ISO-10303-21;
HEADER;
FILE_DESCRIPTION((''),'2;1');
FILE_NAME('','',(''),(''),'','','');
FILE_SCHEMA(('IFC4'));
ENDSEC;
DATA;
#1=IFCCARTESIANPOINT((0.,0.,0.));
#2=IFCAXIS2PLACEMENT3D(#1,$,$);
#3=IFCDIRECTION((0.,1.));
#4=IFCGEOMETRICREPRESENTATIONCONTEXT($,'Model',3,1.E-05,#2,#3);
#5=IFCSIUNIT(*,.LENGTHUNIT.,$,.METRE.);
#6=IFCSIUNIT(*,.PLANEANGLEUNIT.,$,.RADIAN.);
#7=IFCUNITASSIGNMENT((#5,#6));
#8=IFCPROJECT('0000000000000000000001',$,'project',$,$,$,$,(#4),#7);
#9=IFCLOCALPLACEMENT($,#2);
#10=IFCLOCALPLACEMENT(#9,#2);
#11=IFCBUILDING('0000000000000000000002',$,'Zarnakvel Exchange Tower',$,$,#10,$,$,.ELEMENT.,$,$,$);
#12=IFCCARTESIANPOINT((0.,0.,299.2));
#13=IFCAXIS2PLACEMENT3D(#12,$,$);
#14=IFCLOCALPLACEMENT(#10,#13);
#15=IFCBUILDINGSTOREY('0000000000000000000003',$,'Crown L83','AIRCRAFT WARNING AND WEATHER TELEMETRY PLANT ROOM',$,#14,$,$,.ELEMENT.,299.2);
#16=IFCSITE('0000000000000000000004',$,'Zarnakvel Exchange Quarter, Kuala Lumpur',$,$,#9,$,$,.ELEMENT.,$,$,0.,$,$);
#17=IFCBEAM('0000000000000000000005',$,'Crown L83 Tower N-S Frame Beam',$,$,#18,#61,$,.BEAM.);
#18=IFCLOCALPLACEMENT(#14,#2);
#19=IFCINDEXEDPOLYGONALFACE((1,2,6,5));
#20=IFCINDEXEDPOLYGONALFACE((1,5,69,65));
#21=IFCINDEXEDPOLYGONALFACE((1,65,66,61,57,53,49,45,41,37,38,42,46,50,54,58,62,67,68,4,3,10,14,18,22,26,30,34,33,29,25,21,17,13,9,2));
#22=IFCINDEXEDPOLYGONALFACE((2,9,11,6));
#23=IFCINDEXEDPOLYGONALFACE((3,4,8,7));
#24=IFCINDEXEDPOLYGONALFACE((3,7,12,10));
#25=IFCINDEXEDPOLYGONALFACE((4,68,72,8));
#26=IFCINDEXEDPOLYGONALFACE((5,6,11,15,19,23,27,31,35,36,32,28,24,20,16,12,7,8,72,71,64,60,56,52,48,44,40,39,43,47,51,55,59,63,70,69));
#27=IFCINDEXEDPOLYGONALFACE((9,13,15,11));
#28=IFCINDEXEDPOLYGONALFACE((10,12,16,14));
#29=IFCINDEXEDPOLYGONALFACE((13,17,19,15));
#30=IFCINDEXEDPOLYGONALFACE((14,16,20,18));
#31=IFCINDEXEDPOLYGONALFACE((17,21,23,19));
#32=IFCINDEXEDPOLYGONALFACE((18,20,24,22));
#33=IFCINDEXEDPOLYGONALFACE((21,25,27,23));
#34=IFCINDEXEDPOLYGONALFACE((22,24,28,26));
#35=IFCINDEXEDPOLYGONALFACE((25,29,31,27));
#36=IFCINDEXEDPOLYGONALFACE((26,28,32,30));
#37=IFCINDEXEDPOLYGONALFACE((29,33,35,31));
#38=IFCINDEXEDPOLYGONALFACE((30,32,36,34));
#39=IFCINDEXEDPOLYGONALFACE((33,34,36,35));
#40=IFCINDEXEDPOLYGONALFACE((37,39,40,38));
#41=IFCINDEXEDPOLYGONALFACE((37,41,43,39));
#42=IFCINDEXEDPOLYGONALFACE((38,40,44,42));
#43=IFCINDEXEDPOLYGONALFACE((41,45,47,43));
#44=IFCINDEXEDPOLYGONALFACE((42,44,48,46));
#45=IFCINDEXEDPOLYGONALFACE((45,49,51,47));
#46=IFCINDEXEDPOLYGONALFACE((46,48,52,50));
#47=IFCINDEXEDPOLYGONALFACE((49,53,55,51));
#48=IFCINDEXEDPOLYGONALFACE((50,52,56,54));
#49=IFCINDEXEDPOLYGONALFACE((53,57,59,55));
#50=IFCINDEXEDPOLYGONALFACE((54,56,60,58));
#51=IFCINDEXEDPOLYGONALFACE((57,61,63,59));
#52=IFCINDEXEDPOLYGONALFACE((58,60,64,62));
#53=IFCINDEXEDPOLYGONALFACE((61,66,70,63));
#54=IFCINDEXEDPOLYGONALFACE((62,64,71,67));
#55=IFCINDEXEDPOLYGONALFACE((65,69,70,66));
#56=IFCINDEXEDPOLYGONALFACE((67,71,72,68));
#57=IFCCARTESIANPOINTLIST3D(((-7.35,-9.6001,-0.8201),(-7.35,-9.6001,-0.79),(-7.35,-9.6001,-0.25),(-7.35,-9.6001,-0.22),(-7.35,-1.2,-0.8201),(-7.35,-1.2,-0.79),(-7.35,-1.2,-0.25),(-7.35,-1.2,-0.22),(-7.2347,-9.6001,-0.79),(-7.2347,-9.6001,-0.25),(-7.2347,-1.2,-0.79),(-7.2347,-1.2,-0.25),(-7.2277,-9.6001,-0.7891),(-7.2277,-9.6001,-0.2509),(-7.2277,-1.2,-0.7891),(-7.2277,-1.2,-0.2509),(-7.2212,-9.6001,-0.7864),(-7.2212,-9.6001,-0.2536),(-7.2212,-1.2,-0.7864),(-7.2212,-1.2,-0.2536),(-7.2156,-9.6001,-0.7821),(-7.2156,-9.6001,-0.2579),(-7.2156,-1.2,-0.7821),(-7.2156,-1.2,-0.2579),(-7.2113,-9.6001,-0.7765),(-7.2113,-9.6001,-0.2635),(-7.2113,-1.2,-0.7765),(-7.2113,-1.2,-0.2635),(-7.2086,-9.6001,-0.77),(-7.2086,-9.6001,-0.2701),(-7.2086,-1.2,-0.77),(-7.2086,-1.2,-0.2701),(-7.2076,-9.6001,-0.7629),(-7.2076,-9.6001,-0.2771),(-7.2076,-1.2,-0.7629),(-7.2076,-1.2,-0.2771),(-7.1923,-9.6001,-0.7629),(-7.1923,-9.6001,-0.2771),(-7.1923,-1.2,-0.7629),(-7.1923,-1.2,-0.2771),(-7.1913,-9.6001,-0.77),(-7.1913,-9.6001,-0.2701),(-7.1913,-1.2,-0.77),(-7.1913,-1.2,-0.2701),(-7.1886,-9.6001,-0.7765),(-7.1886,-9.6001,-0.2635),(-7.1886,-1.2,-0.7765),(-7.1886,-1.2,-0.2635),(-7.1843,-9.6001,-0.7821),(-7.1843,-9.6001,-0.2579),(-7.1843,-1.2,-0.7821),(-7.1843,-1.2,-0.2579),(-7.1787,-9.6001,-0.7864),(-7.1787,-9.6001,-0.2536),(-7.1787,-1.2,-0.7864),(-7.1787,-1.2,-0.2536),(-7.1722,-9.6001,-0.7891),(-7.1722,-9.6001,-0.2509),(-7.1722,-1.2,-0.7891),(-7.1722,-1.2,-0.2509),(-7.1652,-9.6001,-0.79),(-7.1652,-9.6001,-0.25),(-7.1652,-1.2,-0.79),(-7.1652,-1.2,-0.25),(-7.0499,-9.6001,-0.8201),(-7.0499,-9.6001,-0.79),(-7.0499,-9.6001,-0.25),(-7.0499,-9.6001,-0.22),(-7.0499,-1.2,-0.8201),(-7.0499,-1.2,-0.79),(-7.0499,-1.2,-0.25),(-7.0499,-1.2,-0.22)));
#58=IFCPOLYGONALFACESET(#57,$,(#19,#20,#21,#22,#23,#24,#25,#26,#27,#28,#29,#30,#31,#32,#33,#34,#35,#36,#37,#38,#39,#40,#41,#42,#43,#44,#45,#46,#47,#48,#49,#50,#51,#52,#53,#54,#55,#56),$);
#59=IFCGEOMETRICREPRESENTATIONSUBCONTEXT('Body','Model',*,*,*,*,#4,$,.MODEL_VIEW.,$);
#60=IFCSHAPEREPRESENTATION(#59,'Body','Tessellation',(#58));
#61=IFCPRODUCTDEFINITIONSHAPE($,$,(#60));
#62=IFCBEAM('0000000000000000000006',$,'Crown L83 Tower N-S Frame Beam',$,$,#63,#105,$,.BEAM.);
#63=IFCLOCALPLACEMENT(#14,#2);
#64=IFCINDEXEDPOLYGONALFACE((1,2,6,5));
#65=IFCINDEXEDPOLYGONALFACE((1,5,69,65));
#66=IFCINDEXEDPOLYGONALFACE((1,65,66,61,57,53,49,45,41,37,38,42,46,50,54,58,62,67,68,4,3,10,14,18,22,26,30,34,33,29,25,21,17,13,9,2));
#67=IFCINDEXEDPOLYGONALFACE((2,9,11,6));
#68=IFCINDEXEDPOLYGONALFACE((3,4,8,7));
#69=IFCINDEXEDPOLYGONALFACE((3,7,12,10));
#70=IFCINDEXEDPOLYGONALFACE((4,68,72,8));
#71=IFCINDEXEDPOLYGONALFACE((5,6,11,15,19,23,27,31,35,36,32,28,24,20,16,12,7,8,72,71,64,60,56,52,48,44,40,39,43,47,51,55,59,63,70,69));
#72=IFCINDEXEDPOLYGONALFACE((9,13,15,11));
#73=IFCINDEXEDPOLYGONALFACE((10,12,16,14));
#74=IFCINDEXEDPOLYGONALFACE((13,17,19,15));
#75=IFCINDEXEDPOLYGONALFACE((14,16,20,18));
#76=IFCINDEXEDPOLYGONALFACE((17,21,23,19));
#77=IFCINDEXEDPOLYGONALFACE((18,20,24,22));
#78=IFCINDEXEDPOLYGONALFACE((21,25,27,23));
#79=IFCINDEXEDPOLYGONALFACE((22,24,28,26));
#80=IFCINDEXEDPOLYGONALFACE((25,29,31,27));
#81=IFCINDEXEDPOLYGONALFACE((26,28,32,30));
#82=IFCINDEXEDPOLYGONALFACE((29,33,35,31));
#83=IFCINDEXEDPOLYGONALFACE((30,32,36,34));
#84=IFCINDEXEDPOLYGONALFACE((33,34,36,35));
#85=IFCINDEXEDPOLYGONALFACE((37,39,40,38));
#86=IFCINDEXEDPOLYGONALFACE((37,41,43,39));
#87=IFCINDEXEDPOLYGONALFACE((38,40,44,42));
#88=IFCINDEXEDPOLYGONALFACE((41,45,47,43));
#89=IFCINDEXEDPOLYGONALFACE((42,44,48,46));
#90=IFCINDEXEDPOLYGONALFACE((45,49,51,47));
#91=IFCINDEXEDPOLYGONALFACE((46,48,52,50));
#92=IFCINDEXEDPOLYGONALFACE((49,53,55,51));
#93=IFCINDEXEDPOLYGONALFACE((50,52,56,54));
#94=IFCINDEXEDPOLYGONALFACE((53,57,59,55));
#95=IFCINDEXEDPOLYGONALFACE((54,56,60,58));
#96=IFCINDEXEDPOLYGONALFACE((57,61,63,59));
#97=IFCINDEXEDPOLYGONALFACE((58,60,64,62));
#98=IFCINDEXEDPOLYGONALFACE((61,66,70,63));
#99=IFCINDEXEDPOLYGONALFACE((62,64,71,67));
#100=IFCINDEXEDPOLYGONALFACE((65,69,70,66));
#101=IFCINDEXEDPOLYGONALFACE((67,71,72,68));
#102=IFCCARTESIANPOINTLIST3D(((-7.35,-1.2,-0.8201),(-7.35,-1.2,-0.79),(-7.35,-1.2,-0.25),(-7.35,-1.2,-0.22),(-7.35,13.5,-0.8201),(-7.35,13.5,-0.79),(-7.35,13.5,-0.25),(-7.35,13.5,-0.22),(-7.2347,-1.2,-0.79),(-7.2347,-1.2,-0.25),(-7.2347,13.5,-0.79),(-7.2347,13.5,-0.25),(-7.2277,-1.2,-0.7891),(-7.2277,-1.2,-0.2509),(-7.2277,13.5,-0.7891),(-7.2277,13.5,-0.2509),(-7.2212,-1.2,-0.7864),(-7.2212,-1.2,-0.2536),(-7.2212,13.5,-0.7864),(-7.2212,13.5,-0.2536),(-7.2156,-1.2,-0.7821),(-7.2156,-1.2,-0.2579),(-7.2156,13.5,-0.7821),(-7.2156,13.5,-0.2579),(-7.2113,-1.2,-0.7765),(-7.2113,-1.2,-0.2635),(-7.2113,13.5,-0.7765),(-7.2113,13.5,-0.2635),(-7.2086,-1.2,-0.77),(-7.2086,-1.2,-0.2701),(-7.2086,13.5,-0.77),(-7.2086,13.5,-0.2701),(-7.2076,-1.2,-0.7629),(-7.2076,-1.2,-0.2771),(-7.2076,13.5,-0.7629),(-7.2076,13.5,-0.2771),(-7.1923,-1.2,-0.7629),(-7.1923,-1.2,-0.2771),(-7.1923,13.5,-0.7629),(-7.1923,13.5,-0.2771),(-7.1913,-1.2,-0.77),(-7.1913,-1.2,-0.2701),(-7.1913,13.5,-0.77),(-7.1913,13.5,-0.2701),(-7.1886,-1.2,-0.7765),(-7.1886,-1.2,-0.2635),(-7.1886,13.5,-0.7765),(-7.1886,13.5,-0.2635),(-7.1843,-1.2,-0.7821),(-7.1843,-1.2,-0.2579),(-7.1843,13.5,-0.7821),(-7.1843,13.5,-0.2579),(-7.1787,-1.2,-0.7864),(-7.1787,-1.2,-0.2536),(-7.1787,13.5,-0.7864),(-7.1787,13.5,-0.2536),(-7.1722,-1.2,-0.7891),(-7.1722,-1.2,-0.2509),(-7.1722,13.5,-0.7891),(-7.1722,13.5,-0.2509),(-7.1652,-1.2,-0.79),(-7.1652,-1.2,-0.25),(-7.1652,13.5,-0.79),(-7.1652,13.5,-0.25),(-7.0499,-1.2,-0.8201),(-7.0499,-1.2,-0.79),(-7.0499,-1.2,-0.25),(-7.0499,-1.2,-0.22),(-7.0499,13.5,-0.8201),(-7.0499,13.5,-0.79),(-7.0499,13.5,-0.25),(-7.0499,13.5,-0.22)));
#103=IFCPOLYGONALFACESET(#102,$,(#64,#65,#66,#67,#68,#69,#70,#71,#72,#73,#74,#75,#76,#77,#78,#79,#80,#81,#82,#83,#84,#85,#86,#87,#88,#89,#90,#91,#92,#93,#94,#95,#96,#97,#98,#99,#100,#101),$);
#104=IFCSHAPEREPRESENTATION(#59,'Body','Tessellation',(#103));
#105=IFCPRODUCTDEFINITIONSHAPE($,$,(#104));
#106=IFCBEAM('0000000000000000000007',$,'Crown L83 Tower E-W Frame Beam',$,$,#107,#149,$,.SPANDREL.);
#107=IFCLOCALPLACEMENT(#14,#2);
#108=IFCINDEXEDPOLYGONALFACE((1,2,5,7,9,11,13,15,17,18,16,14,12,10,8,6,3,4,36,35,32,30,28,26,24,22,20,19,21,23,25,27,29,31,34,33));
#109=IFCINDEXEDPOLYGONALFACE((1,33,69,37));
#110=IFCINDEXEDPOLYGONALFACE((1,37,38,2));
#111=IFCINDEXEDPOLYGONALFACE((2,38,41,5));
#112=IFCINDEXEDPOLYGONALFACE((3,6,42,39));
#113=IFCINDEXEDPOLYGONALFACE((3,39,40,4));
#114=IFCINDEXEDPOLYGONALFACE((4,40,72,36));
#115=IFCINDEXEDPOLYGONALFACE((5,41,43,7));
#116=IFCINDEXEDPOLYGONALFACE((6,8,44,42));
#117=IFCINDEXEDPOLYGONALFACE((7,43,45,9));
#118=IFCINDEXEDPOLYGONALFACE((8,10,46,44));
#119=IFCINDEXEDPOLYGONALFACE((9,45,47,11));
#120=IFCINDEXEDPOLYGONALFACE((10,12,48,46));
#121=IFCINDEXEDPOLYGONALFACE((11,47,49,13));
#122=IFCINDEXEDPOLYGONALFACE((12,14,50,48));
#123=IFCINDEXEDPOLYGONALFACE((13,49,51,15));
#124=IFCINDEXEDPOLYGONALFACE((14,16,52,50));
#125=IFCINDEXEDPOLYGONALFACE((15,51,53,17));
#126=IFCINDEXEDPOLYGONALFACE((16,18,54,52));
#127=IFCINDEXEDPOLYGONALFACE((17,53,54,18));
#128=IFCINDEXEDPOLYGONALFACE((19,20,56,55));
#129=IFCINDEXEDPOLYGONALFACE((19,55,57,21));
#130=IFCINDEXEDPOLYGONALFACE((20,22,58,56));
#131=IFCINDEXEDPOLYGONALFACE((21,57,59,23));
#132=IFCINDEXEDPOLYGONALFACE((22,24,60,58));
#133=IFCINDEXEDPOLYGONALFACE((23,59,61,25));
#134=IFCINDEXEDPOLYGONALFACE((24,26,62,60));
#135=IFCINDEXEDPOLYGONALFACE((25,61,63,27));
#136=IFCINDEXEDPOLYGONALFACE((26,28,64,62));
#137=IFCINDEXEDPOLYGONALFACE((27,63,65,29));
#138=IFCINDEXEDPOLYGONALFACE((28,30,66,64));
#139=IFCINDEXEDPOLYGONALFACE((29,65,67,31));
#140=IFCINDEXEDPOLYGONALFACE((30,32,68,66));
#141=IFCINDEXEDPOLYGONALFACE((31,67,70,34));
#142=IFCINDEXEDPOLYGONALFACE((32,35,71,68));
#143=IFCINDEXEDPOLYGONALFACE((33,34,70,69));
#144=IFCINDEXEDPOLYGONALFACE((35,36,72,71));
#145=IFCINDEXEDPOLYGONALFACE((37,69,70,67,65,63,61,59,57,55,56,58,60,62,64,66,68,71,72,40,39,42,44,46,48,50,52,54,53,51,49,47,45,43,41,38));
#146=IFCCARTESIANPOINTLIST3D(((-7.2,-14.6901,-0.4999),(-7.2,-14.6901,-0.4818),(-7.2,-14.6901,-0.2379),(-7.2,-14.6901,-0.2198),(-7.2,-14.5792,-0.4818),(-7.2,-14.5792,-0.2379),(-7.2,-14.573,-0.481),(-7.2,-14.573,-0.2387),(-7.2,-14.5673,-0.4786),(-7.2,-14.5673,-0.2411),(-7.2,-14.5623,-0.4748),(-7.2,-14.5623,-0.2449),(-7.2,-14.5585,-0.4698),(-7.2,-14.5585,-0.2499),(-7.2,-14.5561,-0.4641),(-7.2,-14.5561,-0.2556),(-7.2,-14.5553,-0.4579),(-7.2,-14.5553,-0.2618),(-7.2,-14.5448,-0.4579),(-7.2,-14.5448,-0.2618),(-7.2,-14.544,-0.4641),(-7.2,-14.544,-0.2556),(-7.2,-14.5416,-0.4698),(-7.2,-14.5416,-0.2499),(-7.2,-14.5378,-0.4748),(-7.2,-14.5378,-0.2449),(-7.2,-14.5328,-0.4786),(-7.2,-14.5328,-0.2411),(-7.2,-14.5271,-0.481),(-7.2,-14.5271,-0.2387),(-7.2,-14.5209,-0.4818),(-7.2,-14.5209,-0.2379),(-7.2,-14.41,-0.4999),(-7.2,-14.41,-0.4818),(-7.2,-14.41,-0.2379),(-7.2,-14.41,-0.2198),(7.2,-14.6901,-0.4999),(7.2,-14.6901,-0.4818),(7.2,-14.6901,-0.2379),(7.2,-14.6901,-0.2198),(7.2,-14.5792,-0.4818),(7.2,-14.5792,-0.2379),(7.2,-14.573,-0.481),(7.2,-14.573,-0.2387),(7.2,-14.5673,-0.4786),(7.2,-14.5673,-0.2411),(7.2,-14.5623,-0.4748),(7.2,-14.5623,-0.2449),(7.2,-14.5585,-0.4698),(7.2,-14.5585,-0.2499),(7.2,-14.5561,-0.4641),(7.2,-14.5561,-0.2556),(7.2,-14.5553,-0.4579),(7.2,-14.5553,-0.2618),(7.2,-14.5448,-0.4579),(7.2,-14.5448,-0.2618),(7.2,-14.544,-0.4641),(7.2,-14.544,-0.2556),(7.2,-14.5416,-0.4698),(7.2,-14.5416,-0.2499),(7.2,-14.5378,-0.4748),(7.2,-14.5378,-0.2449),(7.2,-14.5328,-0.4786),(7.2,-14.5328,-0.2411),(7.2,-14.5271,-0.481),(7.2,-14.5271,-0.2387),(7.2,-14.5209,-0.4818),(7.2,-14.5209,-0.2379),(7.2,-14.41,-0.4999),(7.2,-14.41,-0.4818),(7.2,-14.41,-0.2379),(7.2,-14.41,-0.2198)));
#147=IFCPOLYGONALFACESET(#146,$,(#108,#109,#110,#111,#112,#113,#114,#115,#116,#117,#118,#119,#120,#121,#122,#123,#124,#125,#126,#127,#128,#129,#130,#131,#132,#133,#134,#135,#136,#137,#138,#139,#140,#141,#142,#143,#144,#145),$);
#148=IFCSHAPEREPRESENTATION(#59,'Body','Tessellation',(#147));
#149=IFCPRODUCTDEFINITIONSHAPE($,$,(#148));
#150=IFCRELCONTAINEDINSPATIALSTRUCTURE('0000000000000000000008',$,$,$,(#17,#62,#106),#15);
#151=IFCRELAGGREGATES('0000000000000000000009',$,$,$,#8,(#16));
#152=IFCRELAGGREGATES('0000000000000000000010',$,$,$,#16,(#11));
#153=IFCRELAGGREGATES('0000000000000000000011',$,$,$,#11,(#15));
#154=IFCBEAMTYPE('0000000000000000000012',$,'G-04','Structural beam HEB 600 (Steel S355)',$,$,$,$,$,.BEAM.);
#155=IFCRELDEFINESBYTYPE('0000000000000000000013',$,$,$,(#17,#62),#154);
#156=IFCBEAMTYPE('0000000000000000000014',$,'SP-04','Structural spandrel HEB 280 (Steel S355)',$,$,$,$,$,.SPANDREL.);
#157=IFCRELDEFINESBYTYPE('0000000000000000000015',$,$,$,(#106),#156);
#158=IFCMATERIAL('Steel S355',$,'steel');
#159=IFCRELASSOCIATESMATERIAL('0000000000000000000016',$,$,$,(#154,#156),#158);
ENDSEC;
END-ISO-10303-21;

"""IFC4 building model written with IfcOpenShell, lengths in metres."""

from ifc_helpers import new_model, si_unit, direction, frame, origin, origin_2d, place, context, subcontext, project, spatial, i_section, extrude, material, material_profile, profile_set, type_object, element, save


model = new_model("IFC4")

# Units and contexts
model_context = context("Model", 3, precision=1e-05, world=origin(), true_north=direction((0.0, 1.0)))
body_context = subcontext(model_context, "Body", "Model", "MODEL_VIEW")
ifc_project = project(units=[si_unit("LENGTHUNIT", "METRE"), si_unit("PLANEANGLEUNIT", "RADIAN")], contexts=[model_context])

# Site, building, storey
site_placement = place(None, origin())
site = spatial("IfcSite", under=ifc_project, at=site_placement, Name="Zarnakvel Exchange Quarter, Kuala Lumpur", CompositionType="ELEMENT", RefElevation=0.0)
building_placement = place(site_placement, origin())
building = spatial("IfcBuilding", under=site, at=building_placement, Name="Zarnakvel Exchange Tower", CompositionType="ELEMENT")
storey_placement = place(building_placement, frame((0.0, 0.0, 299.2)))
storey = spatial("IfcBuildingStorey", under=building, at=storey_placement, Name="Crown L83", Description="AIRCRAFT WARNING AND WEATHER TELEMETRY PLANT ROOM", CompositionType="ELEMENT", Elevation=299.2)

# Shared definitions
ifc_material_1 = material(Name="Steel S355", Category="steel")

# Beams
ifc_material_profile_1 = material_profile(ifc_material_1, i_section(OverallWidth=0.3, OverallDepth=0.6001, WebThickness=0.0154, FlangeThickness=0.03, FilletRadius=0.0271, at=origin_2d()))
ifc_profile_set_1 = profile_set([ifc_material_profile_1], Name="Steel S355")
beam_type_1 = type_object("IfcBeamType", Name="G-04", Description="Structural beam HEB 600 (Steel S355)", PredefinedType="BEAM", material=ifc_profile_set_1)
beam_1_placement = place(storey_placement, frame((-7.2, -9.6001, -0.52), z_axis=(0.0, 1.0, 0.0), x_axis=(-1.0, 0.0, 0.0)))
element("IfcBeam", 1, at=beam_1_placement, inside=storey, type_object=beam_type_1, Name="Crown L83 Tower N-S Frame Beam", PredefinedType="BEAM", context=body_context, shape_type="SweptSolid", body=[
    extrude(i_section(OverallWidth=0.3, OverallDepth=0.6001, WebThickness=0.0154, FlangeThickness=0.03, FilletRadius=0.0271, at=origin_2d()), origin(), (0.0, 0.0, 1.0), 8.4001),
])
beam_2_placement = place(storey_placement, frame((-7.2, -1.2, -0.52), z_axis=(0.0, 1.0, 0.0), x_axis=(-1.0, 0.0, 0.0)))
element("IfcBeam", 2, at=beam_2_placement, inside=storey, type_object=beam_type_1, Name="Crown L83 Tower N-S Frame Beam", PredefinedType="BEAM", context=body_context, shape_type="SweptSolid", body=[
    extrude(i_section(OverallWidth=0.3, OverallDepth=0.6001, WebThickness=0.0154, FlangeThickness=0.03, FilletRadius=0.0271, at=origin_2d()), origin(), (0.0, 0.0, 1.0), 14.7),
])
ifc_material_profile_2 = material_profile(ifc_material_1, i_section(OverallWidth=0.28, OverallDepth=0.28, WebThickness=0.0105, FlangeThickness=0.0181, FilletRadius=0.0239, at=origin_2d()))
ifc_profile_set_2 = profile_set([ifc_material_profile_2], Name="Steel S355")
beam_type_2 = type_object("IfcBeamType", Name="SP-04", Description="Structural spandrel HEB 280 (Steel S355)", PredefinedType="SPANDREL", material=ifc_profile_set_2)
beam_3_placement = place(storey_placement, frame((-7.2, -14.55, -0.3599), z_axis=(1.0, 0.0, 0.0), x_axis=(0.0, 1.0, 0.0)))
element("IfcBeam", 3, at=beam_3_placement, inside=storey, type_object=beam_type_2, Name="Crown L83 Tower E-W Frame Beam", PredefinedType="SPANDREL", context=body_context, shape_type="SweptSolid", body=[
    extrude(i_section(OverallWidth=0.28, OverallDepth=0.28, WebThickness=0.0105, FlangeThickness=0.0181, FilletRadius=0.0239, at=origin_2d()), origin(), (0.0, 0.0, 1.0), 14.3999),
])

save(model, "model.ifc")
